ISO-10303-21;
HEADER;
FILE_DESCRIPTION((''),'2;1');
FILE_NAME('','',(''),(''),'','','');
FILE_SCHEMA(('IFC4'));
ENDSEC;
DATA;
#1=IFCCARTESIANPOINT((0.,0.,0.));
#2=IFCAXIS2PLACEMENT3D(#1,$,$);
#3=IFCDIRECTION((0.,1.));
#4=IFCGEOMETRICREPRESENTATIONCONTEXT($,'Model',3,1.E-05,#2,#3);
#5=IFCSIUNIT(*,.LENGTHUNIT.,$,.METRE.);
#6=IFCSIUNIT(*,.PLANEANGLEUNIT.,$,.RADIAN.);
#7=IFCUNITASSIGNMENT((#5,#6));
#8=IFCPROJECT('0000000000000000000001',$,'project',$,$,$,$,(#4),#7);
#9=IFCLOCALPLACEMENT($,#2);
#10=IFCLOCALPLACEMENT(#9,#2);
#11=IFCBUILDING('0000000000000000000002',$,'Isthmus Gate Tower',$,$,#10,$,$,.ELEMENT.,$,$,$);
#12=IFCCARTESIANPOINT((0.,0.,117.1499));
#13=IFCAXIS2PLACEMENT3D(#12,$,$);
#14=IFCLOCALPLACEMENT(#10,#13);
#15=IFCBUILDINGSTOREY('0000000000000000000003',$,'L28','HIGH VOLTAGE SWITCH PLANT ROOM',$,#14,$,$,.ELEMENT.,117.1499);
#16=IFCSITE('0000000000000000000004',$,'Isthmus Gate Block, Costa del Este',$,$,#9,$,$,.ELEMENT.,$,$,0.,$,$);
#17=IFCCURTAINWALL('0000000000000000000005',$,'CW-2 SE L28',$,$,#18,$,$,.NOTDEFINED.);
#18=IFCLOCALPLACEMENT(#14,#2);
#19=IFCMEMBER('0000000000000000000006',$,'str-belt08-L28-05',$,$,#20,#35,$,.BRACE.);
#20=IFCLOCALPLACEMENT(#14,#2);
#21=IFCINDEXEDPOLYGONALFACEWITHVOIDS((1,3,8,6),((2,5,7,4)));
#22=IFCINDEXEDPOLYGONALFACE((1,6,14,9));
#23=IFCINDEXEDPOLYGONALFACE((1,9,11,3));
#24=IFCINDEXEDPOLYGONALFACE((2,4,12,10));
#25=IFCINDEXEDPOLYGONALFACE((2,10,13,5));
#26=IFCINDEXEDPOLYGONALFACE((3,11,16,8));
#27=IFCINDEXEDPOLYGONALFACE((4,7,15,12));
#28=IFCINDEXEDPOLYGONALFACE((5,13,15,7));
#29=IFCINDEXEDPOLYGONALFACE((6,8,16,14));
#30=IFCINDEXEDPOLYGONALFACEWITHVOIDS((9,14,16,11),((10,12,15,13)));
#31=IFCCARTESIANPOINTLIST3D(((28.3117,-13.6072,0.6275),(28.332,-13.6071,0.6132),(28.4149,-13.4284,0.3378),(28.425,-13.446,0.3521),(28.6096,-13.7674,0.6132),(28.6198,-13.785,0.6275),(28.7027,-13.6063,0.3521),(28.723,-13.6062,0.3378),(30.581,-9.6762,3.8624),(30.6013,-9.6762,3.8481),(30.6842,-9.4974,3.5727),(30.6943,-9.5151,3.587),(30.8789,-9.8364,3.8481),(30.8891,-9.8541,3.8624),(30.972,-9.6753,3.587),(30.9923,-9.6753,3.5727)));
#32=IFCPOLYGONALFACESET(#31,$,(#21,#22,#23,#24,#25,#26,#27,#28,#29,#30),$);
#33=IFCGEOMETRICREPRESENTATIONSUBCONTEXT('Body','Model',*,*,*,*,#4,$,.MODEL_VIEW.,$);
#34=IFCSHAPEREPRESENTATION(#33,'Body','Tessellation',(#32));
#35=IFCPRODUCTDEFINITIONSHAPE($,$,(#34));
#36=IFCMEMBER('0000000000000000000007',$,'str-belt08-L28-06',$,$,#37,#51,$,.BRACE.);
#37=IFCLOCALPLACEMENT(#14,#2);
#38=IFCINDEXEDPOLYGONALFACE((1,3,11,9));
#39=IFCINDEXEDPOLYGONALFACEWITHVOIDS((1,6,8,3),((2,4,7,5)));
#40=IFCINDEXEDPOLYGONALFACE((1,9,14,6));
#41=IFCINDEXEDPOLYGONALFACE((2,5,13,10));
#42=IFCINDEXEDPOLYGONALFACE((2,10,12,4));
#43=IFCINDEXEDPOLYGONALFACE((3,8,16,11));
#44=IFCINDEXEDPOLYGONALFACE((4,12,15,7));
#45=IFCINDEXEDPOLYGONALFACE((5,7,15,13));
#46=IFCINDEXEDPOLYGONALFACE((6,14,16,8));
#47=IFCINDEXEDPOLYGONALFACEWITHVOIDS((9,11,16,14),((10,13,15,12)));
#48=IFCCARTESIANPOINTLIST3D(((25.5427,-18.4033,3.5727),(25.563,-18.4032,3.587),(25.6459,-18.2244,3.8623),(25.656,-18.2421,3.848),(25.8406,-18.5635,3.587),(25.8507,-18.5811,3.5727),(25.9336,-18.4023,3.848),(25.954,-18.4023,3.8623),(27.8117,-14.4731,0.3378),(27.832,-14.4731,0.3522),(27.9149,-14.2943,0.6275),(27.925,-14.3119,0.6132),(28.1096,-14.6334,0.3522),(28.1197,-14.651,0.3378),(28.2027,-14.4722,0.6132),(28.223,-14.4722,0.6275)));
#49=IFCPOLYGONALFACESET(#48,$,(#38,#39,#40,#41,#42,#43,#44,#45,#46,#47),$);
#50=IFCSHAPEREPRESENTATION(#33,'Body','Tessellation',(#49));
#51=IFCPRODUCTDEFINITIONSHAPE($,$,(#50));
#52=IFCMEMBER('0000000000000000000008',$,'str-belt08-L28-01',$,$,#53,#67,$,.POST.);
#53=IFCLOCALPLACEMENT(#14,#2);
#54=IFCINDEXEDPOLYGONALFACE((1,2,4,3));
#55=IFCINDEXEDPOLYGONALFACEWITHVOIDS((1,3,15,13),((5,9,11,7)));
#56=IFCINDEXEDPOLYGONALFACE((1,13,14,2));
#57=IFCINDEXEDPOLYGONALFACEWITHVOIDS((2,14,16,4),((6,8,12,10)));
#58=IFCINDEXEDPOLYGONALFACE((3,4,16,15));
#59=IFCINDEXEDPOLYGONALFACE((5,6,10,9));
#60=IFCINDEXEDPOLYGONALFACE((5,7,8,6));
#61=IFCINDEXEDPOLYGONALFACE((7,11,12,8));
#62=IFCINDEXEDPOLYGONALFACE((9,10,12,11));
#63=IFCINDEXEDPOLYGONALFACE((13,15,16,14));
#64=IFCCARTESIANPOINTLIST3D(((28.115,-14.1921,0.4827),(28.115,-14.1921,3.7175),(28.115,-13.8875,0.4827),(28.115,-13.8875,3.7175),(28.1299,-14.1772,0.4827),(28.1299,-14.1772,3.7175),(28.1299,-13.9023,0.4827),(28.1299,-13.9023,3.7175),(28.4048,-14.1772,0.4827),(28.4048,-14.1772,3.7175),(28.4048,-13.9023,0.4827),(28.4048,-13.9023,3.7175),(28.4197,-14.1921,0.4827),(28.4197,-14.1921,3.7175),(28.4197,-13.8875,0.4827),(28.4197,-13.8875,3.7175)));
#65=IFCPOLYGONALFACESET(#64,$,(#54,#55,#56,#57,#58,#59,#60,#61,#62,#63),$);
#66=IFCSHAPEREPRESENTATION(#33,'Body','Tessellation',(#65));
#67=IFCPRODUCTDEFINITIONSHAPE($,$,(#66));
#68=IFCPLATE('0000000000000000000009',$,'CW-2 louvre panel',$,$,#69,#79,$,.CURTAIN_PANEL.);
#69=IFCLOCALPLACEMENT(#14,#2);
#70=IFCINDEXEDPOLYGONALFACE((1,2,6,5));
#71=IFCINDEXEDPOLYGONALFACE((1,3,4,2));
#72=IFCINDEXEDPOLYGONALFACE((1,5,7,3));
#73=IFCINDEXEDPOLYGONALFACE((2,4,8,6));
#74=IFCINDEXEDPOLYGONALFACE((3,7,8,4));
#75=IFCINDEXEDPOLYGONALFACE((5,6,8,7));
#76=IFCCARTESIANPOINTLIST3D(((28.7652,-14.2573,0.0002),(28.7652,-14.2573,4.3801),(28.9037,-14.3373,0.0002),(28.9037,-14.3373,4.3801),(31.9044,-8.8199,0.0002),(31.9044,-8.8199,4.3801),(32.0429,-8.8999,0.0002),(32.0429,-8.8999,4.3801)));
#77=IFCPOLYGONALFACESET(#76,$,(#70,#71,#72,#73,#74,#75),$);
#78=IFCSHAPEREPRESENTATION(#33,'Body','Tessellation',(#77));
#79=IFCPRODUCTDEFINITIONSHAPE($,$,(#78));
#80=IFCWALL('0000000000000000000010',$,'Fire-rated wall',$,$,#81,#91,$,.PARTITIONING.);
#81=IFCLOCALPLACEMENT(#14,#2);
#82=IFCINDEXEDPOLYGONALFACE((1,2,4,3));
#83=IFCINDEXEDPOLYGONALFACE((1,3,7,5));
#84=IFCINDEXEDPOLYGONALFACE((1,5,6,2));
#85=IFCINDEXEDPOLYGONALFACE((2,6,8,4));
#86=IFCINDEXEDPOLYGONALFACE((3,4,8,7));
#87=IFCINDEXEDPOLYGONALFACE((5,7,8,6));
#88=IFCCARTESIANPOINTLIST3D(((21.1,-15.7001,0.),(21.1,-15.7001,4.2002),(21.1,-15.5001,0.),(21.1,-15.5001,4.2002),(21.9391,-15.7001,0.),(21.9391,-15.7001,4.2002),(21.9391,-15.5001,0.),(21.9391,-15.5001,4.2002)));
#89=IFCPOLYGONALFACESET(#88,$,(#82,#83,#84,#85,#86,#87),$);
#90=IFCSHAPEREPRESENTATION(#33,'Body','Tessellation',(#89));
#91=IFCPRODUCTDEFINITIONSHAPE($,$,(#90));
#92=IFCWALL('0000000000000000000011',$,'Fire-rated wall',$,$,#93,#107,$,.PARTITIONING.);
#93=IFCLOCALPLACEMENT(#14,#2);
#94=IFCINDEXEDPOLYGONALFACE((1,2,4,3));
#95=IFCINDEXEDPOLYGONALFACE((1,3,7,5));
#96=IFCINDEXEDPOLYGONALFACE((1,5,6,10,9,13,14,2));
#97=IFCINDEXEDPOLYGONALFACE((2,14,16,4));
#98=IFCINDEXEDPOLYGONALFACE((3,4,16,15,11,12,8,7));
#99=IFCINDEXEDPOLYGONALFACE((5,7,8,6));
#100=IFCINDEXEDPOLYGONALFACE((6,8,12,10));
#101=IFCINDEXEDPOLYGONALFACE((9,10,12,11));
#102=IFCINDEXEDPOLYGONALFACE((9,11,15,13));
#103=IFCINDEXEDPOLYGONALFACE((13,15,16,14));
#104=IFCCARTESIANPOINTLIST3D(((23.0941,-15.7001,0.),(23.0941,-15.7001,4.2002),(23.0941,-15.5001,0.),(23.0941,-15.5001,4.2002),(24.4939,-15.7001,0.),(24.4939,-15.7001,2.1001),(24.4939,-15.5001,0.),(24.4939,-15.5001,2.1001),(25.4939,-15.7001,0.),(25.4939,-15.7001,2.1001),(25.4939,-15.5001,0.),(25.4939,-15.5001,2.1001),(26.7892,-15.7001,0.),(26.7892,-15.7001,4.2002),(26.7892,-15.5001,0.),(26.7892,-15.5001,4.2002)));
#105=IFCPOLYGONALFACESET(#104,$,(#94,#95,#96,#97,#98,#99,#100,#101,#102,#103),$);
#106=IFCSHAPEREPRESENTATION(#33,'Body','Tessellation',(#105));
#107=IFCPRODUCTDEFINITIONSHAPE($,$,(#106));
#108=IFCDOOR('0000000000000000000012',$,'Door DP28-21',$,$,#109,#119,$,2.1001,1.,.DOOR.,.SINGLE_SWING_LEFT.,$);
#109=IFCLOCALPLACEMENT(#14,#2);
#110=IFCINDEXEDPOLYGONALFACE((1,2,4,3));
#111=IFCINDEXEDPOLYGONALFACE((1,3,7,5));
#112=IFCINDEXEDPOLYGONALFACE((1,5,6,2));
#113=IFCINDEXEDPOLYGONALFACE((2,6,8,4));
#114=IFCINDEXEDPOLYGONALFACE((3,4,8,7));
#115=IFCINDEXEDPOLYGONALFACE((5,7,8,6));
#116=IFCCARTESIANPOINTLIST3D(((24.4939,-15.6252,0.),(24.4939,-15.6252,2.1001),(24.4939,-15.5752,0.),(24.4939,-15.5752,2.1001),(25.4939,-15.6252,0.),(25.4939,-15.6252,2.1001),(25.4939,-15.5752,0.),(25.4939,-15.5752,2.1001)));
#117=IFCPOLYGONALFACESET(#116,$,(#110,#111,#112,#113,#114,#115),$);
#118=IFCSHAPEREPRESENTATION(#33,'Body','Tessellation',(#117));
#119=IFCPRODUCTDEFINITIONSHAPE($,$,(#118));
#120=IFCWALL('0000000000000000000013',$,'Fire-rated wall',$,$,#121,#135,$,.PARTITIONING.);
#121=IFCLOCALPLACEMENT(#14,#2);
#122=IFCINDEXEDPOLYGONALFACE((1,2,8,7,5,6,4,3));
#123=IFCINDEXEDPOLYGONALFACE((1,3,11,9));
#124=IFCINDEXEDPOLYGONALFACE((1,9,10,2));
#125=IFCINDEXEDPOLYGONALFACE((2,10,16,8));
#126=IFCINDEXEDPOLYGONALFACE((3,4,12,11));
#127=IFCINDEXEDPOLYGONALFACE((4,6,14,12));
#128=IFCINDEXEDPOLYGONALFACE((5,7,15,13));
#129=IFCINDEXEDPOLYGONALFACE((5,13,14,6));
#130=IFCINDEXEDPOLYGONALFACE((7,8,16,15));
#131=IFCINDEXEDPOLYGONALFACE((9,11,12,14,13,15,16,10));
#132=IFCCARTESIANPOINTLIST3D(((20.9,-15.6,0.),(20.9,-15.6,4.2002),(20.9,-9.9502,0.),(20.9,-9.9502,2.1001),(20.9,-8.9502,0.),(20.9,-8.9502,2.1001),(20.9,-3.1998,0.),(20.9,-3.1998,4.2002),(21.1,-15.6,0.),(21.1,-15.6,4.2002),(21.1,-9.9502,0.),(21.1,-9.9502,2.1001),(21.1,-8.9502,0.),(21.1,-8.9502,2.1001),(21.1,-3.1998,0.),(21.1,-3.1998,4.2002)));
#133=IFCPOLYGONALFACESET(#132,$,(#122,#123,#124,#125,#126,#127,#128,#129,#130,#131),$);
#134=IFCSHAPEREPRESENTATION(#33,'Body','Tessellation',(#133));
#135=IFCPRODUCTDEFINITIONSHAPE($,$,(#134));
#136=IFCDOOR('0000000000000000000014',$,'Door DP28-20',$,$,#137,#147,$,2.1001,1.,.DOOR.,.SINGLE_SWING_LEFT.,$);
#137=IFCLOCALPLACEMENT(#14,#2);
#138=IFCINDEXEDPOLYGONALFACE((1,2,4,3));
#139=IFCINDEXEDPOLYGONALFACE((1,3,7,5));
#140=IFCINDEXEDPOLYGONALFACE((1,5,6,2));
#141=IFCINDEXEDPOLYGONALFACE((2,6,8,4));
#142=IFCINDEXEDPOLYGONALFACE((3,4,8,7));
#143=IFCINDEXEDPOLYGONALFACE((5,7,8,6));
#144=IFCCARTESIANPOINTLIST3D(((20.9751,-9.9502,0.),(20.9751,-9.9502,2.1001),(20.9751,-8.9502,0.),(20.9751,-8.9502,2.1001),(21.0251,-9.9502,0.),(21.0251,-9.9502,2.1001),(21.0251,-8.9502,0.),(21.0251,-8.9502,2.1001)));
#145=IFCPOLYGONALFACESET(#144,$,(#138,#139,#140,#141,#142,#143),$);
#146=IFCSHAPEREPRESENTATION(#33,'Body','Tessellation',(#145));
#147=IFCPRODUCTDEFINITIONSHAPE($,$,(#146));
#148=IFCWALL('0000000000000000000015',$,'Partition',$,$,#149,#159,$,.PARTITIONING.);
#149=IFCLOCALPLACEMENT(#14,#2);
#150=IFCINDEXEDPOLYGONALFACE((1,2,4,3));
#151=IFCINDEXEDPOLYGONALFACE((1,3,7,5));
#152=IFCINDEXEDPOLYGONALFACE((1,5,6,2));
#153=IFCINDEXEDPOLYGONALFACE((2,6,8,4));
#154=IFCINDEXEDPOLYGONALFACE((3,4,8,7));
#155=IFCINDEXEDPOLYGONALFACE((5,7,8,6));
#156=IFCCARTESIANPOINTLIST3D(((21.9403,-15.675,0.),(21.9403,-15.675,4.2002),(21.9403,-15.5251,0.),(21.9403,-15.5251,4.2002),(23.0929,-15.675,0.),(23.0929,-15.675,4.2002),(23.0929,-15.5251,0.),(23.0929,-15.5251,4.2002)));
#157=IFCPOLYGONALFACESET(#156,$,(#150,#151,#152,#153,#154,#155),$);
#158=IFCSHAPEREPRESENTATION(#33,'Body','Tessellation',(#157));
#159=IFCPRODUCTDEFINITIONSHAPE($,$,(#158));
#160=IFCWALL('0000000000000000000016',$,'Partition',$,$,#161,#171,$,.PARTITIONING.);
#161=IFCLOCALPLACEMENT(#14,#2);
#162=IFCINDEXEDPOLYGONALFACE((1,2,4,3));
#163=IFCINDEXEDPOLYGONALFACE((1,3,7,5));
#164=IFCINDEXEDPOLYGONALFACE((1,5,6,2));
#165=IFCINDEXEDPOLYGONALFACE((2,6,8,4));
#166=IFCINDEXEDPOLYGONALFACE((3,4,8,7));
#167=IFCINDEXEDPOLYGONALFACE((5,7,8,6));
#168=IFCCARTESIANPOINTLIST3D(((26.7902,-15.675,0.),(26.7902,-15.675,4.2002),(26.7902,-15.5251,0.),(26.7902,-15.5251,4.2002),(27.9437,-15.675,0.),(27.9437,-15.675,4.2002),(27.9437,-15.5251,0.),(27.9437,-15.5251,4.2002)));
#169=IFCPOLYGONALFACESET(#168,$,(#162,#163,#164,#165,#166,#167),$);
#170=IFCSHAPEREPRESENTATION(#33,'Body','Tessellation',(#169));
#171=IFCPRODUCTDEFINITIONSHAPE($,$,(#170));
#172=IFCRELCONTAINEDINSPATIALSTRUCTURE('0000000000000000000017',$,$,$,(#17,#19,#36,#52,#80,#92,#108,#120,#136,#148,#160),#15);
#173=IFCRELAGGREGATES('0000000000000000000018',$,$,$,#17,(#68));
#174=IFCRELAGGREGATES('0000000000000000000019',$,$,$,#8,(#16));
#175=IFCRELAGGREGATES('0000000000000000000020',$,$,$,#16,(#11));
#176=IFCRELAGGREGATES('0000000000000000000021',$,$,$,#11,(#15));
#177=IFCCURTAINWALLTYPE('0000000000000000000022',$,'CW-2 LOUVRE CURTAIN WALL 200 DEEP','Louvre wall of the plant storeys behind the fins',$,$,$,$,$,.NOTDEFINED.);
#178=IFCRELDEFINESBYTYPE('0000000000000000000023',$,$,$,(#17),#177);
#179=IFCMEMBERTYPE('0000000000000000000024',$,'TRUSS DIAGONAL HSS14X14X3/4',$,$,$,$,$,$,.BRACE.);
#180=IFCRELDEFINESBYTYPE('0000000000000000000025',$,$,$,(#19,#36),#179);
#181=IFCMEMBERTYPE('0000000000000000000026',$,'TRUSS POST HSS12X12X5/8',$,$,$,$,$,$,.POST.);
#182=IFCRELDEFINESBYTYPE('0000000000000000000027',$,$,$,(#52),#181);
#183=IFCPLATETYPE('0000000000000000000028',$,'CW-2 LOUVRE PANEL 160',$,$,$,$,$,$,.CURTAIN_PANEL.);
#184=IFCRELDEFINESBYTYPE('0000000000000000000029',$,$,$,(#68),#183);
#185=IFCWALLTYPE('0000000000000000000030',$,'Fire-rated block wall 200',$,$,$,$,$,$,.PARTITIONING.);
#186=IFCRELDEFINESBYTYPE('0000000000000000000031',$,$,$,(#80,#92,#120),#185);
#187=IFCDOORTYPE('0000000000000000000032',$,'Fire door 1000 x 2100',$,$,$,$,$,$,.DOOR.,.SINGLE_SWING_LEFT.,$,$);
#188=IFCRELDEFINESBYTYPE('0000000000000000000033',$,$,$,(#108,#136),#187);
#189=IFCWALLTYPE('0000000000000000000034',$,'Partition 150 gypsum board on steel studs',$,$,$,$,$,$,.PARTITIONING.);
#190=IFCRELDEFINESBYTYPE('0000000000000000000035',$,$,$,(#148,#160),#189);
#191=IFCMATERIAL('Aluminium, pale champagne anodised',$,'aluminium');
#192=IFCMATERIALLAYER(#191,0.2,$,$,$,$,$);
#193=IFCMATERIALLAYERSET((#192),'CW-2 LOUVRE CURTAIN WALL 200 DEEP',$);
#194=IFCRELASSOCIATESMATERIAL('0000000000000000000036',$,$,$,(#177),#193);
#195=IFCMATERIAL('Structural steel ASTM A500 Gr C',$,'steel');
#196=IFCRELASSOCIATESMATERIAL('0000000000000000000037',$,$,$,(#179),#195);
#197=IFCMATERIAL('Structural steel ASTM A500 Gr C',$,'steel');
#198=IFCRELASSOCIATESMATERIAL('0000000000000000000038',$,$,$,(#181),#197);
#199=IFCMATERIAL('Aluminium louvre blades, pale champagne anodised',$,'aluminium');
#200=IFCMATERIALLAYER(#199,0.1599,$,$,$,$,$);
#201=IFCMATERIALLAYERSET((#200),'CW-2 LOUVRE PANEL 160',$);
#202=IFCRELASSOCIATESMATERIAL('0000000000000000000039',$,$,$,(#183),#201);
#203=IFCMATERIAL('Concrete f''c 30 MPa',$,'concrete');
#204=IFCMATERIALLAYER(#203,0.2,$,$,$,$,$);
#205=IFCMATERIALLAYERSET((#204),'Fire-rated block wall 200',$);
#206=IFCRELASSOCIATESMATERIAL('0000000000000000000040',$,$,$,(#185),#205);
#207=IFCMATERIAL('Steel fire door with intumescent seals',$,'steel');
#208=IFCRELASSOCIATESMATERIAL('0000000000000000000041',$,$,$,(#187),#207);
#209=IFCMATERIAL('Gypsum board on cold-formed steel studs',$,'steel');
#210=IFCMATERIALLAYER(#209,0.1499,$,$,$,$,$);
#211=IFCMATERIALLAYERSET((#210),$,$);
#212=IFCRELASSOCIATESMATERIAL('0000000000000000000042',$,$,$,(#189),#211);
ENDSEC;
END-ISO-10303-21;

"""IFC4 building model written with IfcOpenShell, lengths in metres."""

from ifc_helpers import new_model, si_unit, direction, frame, frame_2d, origin, origin_2d, place, context, subcontext, project, spatial, rectangle, hollow_rectangle, extrude, material, layer, layer_set, material_profile, profile_set, type_object, element, fill, aggregate, save


model = new_model("IFC4")

# Units and contexts
model_context = context("Model", 3, precision=1e-05, world=origin(), true_north=direction((0.0, 1.0)))
body_context = subcontext(model_context, "Body", "Model", "MODEL_VIEW")
ifc_project = project(units=[si_unit("LENGTHUNIT", "METRE"), si_unit("PLANEANGLEUNIT", "RADIAN")], contexts=[model_context])

# Site, building, storey
site_placement = place(None, origin())
site = spatial("IfcSite", under=ifc_project, at=site_placement, Name="Isthmus Gate Block, Costa del Este", CompositionType="ELEMENT", RefElevation=0.0)
building_placement = place(site_placement, origin())
building = spatial("IfcBuilding", under=site, at=building_placement, Name="Isthmus Gate Tower", CompositionType="ELEMENT")
storey_placement = place(building_placement, frame((0.0, 0.0, 117.1499)))
storey = spatial("IfcBuildingStorey", under=building, at=storey_placement, Name="L28", Description="HIGH VOLTAGE SWITCH PLANT ROOM", CompositionType="ELEMENT", Elevation=117.1499)

# Curtain wall
ifc_material_1 = material(Name="Aluminium, pale champagne anodised", Category="aluminium")
ifc_layer_1 = layer(ifc_material_1, 0.2)
ifc_layer_set_1 = layer_set([ifc_layer_1], Name="CW-2 LOUVRE CURTAIN WALL 200 DEEP")
curtain_wall_type = type_object("IfcCurtainWallType", Name="CW-2 LOUVRE CURTAIN WALL 200 DEEP", Description="Louvre wall of the plant storeys behind the fins", PredefinedType="NOTDEFINED", material=ifc_layer_set_1)
curtain_wall_placement = place(storey_placement, origin())
curtain_wall = element("IfcCurtainWall", 1, at=curtain_wall_placement, inside=storey, type_object=curtain_wall_type, Name="CW-2 SE L28", PredefinedType="NOTDEFINED")

# Members
ifc_material_2 = material(Name="Structural steel ASTM A500 Gr C", Category="steel")
ifc_material_profile_1 = material_profile(ifc_material_2, hollow_rectangle(XDim=0.3557, YDim=0.3557, WallThickness=0.0176, at=origin_2d()), Name="HSS14X14X3/4")
ifc_profile_set_1 = profile_set([ifc_material_profile_1], Name="Structural steel ASTM A500 Gr C")
member_type_1 = type_object("IfcMemberType", Name="TRUSS DIAGONAL HSS14X14X3/4", PredefinedType="BRACE", material=ifc_profile_set_1)
member_1_placement = place(storey_placement, frame((28.5173, -13.6067, 0.4827), z_axis=(0.407143, 0.705261, 0.580381), x_axis=(-0.866047, 0.499963, 0.0)))
element("IfcMember", 2, at=member_1_placement, inside=storey, type_object=member_type_1, Name="str-belt08-L28-05", PredefinedType="BRACE", context=body_context, shape_type="SweptSolid", body=[
    extrude(hollow_rectangle(XDim=0.3557, YDim=0.3557, WallThickness=0.0176, at=origin_2d()), origin(), (0.0, 0.0, 1.0), 5.5737),
])
member_2_placement = place(storey_placement, frame((28.0173, -14.4727, 0.4827), z_axis=(-0.407144, -0.705208, 0.580445), x_axis=(0.86603, -0.499993, 0.0)))
element("IfcMember", 3, at=member_2_placement, inside=storey, type_object=member_type_1, Name="str-belt08-L28-06", PredefinedType="BRACE", context=body_context, shape_type="SweptSolid", body=[
    extrude(hollow_rectangle(XDim=0.3557, YDim=0.3557, WallThickness=0.0176, at=origin_2d()), origin(), (0.0, 0.0, 1.0), 5.573),
])
ifc_material_3 = material(Name="Structural steel ASTM A500 Gr C", Category="steel")
ifc_material_profile_2 = material_profile(ifc_material_3, hollow_rectangle(XDim=0.3047, YDim=0.3047, WallThickness=0.0149, at=origin_2d()), Name="HSS12X12X5/8")
ifc_profile_set_2 = profile_set([ifc_material_profile_2], Name="Structural steel ASTM A500 Gr C")
member_type_2 = type_object("IfcMemberType", Name="TRUSS POST HSS12X12X5/8", PredefinedType="POST", material=ifc_profile_set_2)
member_3_placement = place(storey_placement, frame((28.2673, -14.0398, 0.4827), z_axis=(0.0, 0.0, 1.0), x_axis=(1.0, 0.0, 0.0)))
element("IfcMember", 4, at=member_3_placement, inside=storey, type_object=member_type_2, Name="str-belt08-L28-01", PredefinedType="POST", context=body_context, shape_type="SweptSolid", body=[
    extrude(hollow_rectangle(XDim=0.3047, YDim=0.3047, WallThickness=0.0149, at=origin_2d()), origin(), (0.0, 0.0, 1.0), 3.2349),
])

# Plate
ifc_material_4 = material(Name="Aluminium louvre blades, pale champagne anodised", Category="aluminium")
ifc_layer_2 = layer(ifc_material_4, 0.1599)
ifc_layer_set_2 = layer_set([ifc_layer_2], Name="CW-2 LOUVRE PANEL 160")
plate_type = type_object("IfcPlateType", Name="CW-2 LOUVRE PANEL 160", PredefinedType="CURTAIN_PANEL", material=ifc_layer_set_2)
plate_placement = place(storey_placement, frame((30.4041, -11.5786, 0.0002), z_axis=(0.0, 0.0, 1.0), x_axis=(0.5, 0.866025, 0.0)))
plate = element("IfcPlate", 5, at=plate_placement, type_object=plate_type, Name="CW-2 louvre panel", PredefinedType="CURTAIN_PANEL", context=body_context, shape_type="SweptSolid", body=[
    extrude(rectangle(XDim=6.2786, YDim=0.1599, at=origin_2d()), origin(), (0.0, 0.0, 1.0), 4.3799),
])
aggregate(curtain_wall, [plate])

# Wall
ifc_material_5 = material(Name="Concrete f'c 30 MPa", Category="concrete")
ifc_layer_3 = layer(ifc_material_5, 0.2)
ifc_layer_set_3 = layer_set([ifc_layer_3], Name="Fire-rated block wall 200")
wall_type_1 = type_object("IfcWallType", Name="Fire-rated block wall 200", PredefinedType="PARTITIONING", material=ifc_layer_set_3)
wall_1_placement = place(storey_placement, frame((21.1001, -15.6001, 0.0), z_axis=(0.0, 0.0, 1.0), x_axis=(1.0, 0.0, 0.0)))
element("IfcWall", 6, at=wall_1_placement, inside=storey, type_object=wall_type_1, Name="Fire-rated wall", PredefinedType="PARTITIONING", context=body_context, shape_type="SweptSolid", body=[
    extrude(rectangle(XDim=0.8391, YDim=0.2, at=frame_2d((0.4194, 0.0))), origin(), (0.0, 0.0, 1.0), 4.2002),
])

# Walls, openings, doors
wall_2_placement = place(storey_placement, frame((23.094, -15.6001, 0.0), z_axis=(0.0, 0.0, 1.0), x_axis=(1.0, 0.0, 0.0)))
wall_2 = element("IfcWall", 7, at=wall_2_placement, inside=storey, type_object=wall_type_1, Name="Fire-rated wall", PredefinedType="PARTITIONING", context=body_context, shape_type="SweptSolid", body=[
    extrude(rectangle(XDim=3.6951, YDim=0.2, at=frame_2d((1.8477, 0.0))), origin(), (0.0, 0.0, 1.0), 4.2002),
])
opening_1_placement = place(wall_2_placement, frame((1.3999, 0.0, 0.0)))
opening_1 = element("IfcOpeningElement", 8, at=opening_1_placement, cuts=wall_2, PredefinedType="OPENING", context=body_context, shape_type="SweptSolid", body=[
    extrude(rectangle(XDim=1.0, YDim=2.1001, at=frame_2d((0.5, 1.05))), frame((0.0, 0.1099, 0.0), z_axis=(0.0, -1.0, 0.0), x_axis=(1.0, 0.0, 0.0)), (0.0, 0.0, 1.0), 0.22),
])
ifc_material_6 = material(Name="Steel fire door with intumescent seals", Category="steel")
door_type = type_object("IfcDoorType", Name="Fire door 1000 x 2100", OperationType="SINGLE_SWING_LEFT", PredefinedType="DOOR", material=ifc_material_6)
door_1_placement = place(opening_1_placement, origin())
door_1 = element("IfcDoor", 9, at=door_1_placement, inside=storey, type_object=door_type, Name="Door DP28-21", OperationType="SINGLE_SWING_LEFT", OverallHeight=2.1001, OverallWidth=1.0, PredefinedType="DOOR", context=body_context, shape_type="SweptSolid", body=[
    extrude(rectangle(XDim=1.0, YDim=2.1001, at=frame_2d((0.5, 1.05))), frame((0.0, 0.0249, 0.0), z_axis=(0.0, -1.0, 0.0), x_axis=(1.0, 0.0, 0.0)), (0.0, 0.0, 1.0), 0.05),
])
fill(opening_1, door_1)
wall_3_placement = place(storey_placement, frame((21.0, -15.6001, 0.0), z_axis=(0.0, 0.0, 1.0), x_axis=(0.0, 1.0, 0.0)))
wall_3 = element("IfcWall", 10, at=wall_3_placement, inside=storey, type_object=wall_type_1, Name="Fire-rated wall", PredefinedType="PARTITIONING", context=body_context, shape_type="SweptSolid", body=[
    extrude(rectangle(XDim=12.4001, YDim=0.2, at=frame_2d((6.2002, 0.0))), origin(), (0.0, 0.0, 1.0), 4.2002),
])
opening_2_placement = place(wall_3_placement, frame((5.6499, 0.0, 0.0)))
opening_2 = element("IfcOpeningElement", 11, at=opening_2_placement, cuts=wall_3, PredefinedType="OPENING", context=body_context, shape_type="SweptSolid", body=[
    extrude(rectangle(XDim=1.0, YDim=2.1001, at=frame_2d((0.5, 1.05))), frame((0.0, 0.1099, 0.0), z_axis=(0.0, -1.0, 0.0), x_axis=(1.0, 0.0, 0.0)), (0.0, 0.0, 1.0), 0.22),
])
door_2_placement = place(opening_2_placement, origin())
door_2 = element("IfcDoor", 12, at=door_2_placement, inside=storey, type_object=door_type, Name="Door DP28-20", OperationType="SINGLE_SWING_LEFT", OverallHeight=2.1001, OverallWidth=1.0, PredefinedType="DOOR", context=body_context, shape_type="SweptSolid", body=[
    extrude(rectangle(XDim=1.0, YDim=2.1001, at=frame_2d((0.5, 1.05))), frame((0.0, 0.0249, 0.0), z_axis=(0.0, -1.0, 0.0), x_axis=(1.0, 0.0, 0.0)), (0.0, 0.0, 1.0), 0.05),
])
fill(opening_2, door_2)

# Walls
ifc_material_7 = material(Name="Gypsum board on cold-formed steel studs", Category="steel")
ifc_layer_4 = layer(ifc_material_7, 0.1499)
ifc_layer_set_4 = layer_set([ifc_layer_4])
wall_type_2 = type_object("IfcWallType", Name="Partition 150 gypsum board on steel studs", PredefinedType="PARTITIONING", material=ifc_layer_set_4)
wall_4_placement = place(storey_placement, frame((21.9404, -15.6001, 0.0), z_axis=(0.0, 0.0, 1.0), x_axis=(1.0, 0.0, 0.0)))
element("IfcWall", 13, at=wall_4_placement, inside=storey, type_object=wall_type_2, Name="Partition", PredefinedType="PARTITIONING", context=body_context, shape_type="SweptSolid", body=[
    extrude(rectangle(XDim=1.1526, YDim=0.1499, at=frame_2d((0.5762, 0.0))), origin(), (0.0, 0.0, 1.0), 4.2002),
])
wall_5_placement = place(storey_placement, frame((26.7903, -15.6001, 0.0), z_axis=(0.0, 0.0, 1.0), x_axis=(1.0, 0.0, 0.0)))
element("IfcWall", 14, at=wall_5_placement, inside=storey, type_object=wall_type_2, Name="Partition", PredefinedType="PARTITIONING", context=body_context, shape_type="SweptSolid", body=[
    extrude(rectangle(XDim=1.1536, YDim=0.1499, at=frame_2d((0.5767, 0.0))), origin(), (0.0, 0.0, 1.0), 4.2002),
])

save(model, "model.ifc")
